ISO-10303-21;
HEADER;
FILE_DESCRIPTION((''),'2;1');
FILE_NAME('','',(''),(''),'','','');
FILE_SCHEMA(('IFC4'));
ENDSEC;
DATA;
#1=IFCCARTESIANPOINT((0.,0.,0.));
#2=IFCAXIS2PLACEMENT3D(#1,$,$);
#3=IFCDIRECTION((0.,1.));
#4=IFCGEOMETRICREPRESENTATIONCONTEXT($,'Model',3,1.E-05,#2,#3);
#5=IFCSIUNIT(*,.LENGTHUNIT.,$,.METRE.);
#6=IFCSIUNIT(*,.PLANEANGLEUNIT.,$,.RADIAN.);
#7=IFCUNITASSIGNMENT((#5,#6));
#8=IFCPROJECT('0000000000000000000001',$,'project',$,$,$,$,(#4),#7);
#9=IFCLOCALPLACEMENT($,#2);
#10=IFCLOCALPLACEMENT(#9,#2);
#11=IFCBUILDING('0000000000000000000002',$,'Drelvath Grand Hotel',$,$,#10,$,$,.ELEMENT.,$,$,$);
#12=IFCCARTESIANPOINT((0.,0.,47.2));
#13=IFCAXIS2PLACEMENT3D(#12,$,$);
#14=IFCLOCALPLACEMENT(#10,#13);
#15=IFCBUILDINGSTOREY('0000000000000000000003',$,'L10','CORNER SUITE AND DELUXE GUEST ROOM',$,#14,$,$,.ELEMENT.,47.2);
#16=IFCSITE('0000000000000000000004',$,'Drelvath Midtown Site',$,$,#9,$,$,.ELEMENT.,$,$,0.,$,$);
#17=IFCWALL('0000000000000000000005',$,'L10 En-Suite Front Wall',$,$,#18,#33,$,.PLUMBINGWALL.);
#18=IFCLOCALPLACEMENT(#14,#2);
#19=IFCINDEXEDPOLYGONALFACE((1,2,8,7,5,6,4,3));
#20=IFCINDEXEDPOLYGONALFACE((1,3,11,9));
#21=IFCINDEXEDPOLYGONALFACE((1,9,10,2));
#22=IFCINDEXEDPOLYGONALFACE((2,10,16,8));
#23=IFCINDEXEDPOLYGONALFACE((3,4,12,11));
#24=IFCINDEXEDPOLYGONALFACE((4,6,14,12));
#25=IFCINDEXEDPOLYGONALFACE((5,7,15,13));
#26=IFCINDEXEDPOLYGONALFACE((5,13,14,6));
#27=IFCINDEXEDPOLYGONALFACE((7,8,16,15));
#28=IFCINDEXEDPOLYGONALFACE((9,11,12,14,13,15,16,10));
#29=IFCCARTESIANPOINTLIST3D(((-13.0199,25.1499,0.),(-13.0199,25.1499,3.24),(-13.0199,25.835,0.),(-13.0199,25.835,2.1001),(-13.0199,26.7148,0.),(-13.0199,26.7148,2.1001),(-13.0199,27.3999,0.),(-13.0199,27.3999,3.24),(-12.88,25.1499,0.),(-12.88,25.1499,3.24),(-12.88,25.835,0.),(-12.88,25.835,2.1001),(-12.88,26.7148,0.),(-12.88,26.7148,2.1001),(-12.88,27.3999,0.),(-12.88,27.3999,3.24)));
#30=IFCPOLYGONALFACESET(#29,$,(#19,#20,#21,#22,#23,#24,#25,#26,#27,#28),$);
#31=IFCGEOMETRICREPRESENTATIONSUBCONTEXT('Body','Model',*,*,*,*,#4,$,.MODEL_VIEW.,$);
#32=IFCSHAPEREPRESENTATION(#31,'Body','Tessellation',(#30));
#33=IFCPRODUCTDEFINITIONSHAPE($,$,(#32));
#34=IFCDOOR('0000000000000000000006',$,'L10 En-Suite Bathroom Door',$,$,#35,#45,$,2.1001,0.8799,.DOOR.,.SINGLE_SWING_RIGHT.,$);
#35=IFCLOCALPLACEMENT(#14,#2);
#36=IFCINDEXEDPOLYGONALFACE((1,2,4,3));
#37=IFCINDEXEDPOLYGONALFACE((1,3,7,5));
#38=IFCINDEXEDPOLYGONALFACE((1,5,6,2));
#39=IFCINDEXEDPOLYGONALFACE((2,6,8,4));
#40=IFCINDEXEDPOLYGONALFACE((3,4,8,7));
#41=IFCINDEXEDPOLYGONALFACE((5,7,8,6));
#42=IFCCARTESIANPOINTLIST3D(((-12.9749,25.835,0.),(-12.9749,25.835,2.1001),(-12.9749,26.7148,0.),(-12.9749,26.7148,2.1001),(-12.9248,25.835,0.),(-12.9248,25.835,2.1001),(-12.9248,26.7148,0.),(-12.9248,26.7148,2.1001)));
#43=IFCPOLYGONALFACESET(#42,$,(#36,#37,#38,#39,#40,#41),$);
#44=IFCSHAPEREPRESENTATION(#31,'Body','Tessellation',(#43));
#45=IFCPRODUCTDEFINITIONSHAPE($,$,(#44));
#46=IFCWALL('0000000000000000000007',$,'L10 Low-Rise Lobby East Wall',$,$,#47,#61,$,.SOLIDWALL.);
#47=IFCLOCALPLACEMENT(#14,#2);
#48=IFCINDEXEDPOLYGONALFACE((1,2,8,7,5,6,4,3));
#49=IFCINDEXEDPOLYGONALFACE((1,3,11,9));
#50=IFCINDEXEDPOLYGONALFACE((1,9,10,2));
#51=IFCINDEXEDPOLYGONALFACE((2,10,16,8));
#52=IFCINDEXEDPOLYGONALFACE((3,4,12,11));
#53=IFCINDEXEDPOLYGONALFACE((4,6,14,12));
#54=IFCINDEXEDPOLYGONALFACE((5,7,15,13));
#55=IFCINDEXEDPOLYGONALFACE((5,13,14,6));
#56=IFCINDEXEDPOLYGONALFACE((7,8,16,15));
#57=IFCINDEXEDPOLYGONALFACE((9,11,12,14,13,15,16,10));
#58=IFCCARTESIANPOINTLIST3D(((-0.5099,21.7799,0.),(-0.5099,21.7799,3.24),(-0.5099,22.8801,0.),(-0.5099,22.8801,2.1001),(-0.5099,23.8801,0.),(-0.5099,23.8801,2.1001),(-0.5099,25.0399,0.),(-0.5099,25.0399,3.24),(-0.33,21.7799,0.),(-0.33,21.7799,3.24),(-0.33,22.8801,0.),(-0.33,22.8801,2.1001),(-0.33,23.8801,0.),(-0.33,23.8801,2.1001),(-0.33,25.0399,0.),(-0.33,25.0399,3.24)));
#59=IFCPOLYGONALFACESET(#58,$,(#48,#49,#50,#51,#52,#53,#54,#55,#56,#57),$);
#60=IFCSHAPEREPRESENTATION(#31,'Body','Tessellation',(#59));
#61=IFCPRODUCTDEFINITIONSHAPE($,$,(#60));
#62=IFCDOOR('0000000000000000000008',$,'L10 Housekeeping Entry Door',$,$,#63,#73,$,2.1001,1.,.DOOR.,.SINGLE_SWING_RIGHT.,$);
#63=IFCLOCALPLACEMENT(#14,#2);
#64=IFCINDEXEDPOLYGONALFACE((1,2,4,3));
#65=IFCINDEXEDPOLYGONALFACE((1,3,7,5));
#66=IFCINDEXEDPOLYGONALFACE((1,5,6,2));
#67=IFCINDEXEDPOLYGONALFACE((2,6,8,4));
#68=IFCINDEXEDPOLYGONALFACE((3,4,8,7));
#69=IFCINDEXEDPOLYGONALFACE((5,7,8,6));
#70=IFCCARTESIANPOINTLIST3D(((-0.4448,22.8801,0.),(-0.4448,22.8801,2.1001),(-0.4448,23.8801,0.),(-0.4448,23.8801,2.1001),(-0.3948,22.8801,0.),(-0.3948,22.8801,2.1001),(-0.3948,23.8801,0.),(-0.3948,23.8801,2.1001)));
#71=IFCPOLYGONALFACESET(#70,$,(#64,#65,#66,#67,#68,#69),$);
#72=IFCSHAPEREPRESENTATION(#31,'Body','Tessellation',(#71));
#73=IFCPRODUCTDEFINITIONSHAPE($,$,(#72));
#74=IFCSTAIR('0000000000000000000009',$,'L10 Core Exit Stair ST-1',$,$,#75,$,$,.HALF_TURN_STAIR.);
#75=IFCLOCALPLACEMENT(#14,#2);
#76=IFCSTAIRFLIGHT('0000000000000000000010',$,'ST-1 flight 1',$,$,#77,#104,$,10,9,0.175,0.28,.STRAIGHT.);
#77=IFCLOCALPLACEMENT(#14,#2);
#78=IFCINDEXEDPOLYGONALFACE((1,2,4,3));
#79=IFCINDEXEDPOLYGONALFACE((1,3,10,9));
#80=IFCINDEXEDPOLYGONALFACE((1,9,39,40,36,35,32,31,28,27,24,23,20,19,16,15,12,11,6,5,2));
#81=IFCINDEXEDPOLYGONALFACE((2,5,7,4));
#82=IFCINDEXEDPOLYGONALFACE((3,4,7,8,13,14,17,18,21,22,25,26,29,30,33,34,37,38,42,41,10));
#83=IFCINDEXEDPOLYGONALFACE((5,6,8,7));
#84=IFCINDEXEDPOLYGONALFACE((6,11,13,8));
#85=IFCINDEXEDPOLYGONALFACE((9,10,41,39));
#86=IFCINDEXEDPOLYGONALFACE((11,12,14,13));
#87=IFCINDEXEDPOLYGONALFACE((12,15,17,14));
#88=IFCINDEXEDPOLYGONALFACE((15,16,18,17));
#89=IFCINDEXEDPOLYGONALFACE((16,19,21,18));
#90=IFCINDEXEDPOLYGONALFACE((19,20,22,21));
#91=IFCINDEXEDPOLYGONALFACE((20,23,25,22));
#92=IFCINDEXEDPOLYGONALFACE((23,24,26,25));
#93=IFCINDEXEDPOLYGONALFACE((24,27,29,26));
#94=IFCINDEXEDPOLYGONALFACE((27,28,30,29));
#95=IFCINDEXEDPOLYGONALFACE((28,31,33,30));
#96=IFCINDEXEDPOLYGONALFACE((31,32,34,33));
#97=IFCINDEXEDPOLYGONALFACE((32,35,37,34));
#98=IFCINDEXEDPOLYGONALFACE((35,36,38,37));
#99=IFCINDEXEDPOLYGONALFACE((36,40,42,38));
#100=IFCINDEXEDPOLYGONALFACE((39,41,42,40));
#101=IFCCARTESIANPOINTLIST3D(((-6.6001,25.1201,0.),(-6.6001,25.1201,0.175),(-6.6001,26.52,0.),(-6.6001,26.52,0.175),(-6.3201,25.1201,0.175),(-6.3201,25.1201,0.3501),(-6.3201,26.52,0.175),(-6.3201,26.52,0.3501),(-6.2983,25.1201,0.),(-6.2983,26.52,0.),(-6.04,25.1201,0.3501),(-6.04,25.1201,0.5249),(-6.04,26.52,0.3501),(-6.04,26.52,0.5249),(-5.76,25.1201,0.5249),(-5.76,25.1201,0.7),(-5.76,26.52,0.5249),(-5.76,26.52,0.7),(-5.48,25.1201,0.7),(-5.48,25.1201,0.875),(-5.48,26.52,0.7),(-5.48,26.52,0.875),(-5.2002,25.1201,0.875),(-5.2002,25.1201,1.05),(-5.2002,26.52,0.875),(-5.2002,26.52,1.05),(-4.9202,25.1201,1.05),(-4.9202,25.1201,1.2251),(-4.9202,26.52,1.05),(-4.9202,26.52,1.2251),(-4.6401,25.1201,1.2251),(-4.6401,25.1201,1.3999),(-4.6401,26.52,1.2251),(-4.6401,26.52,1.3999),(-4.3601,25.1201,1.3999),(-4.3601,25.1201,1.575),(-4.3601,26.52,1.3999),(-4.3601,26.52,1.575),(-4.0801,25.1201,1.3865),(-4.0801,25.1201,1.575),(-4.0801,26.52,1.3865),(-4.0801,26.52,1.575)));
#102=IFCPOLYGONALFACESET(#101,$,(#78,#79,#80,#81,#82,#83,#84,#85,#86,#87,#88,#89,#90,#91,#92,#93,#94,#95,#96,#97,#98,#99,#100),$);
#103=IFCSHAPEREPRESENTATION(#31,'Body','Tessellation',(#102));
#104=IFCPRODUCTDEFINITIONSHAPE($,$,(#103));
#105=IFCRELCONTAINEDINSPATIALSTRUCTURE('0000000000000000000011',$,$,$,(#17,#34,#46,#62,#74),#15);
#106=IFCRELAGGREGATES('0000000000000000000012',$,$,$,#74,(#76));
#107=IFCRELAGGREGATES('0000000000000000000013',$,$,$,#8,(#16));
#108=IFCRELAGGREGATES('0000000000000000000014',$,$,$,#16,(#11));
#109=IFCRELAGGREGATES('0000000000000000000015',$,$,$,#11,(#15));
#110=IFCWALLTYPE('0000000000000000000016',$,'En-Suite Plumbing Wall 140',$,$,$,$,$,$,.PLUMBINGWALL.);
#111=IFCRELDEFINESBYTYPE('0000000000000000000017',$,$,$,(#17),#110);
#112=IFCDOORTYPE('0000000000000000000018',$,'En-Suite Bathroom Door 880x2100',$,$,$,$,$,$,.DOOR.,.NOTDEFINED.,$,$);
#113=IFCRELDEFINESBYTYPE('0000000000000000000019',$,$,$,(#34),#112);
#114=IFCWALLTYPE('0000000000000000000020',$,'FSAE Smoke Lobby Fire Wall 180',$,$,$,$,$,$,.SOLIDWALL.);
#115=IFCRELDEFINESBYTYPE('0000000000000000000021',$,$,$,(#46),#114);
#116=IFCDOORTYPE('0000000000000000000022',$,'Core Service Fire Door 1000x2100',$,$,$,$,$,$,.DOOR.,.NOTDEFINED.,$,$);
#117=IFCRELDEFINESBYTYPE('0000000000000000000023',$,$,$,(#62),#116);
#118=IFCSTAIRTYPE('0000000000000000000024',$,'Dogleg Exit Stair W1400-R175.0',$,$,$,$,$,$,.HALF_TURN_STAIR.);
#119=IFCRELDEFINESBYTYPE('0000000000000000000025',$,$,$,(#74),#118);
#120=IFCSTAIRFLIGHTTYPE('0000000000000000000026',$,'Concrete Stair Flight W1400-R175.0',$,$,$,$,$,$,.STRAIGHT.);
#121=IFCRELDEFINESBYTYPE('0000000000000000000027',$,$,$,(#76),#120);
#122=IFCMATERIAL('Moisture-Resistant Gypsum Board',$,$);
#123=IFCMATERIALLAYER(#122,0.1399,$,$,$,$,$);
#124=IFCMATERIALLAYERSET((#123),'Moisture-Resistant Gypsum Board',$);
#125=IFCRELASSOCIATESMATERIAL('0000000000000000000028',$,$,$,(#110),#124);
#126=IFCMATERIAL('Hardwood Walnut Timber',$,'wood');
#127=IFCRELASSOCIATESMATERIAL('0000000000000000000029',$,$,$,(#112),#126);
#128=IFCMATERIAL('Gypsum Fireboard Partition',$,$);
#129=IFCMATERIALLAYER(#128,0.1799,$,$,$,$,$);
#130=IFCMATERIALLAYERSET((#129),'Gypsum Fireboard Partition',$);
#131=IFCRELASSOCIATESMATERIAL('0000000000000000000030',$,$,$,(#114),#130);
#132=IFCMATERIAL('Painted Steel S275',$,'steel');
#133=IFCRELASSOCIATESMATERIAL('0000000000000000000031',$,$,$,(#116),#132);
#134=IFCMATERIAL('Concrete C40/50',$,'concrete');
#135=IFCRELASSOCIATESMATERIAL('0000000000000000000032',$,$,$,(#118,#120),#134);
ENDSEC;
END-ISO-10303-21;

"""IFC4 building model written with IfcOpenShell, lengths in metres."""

from ifc_helpers import new_model, si_unit, direction, frame, frame_2d, origin, place, context, subcontext, project, spatial, polyline, rectangle, outline, extrude, material, layer, layer_set, type_object, element, fill, aggregate, save


model = new_model("IFC4")

# Units and contexts
model_context = context("Model", 3, precision=1e-05, world=origin(), true_north=direction((0.0, 1.0)))
body_context = subcontext(model_context, "Body", "Model", "MODEL_VIEW")
ifc_project = project(units=[si_unit("LENGTHUNIT", "METRE"), si_unit("PLANEANGLEUNIT", "RADIAN")], contexts=[model_context])

# Site, building, storey
site_placement = place(None, origin())
site = spatial("IfcSite", under=ifc_project, at=site_placement, Name="Drelvath Midtown Site", CompositionType="ELEMENT", RefElevation=0.0)
building_placement = place(site_placement, origin())
building = spatial("IfcBuilding", under=site, at=building_placement, Name="Drelvath Grand Hotel", CompositionType="ELEMENT")
storey_placement = place(building_placement, frame((0.0, 0.0, 47.2)))
storey = spatial("IfcBuildingStorey", under=building, at=storey_placement, Name="L10", Description="CORNER SUITE AND DELUXE GUEST ROOM", CompositionType="ELEMENT", Elevation=47.2)

# Shared definitions
ifc_material_1 = material(Name="Concrete C40/50", Category="concrete")

# Shared definitions
ifc_material_2 = material(Name="Painted Steel S275", Category="steel")

# Shared definitions
ifc_material_3 = material(Name="Gypsum Fireboard Partition")
ifc_material_4 = material(Name="Moisture-Resistant Gypsum Board")
ifc_layer_1 = layer(ifc_material_4, 0.1399)
ifc_layer_set_1 = layer_set([ifc_layer_1], Name="Moisture-Resistant Gypsum Board")
wall_type_1 = type_object("IfcWallType", Name="En-Suite Plumbing Wall 140", PredefinedType="PLUMBINGWALL", material=ifc_layer_set_1)

# Walls, openings, doors
wall_1_placement = place(storey_placement, frame((-12.95, 25.1499, 0.0), z_axis=(0.0, 0.0, 1.0), x_axis=(0.0, 1.0, 0.0)))
wall_1 = element("IfcWall", 1, at=wall_1_placement, inside=storey, type_object=wall_type_1, Name="L10 En-Suite Front Wall", PredefinedType="PLUMBINGWALL", context=body_context, shape_type="SweptSolid", body=[
    extrude(rectangle(XDim=2.25, YDim=0.1399, at=frame_2d((1.125, 0.0))), origin(), (0.0, 0.0, 1.0), 3.24),
])
opening_1_placement = place(wall_1_placement, frame((0.6851, 0.0, 0.0)))
opening_1 = element("IfcOpeningElement", 2, at=opening_1_placement, cuts=wall_1, PredefinedType="OPENING", context=body_context, shape_type="SweptSolid", body=[
    extrude(rectangle(XDim=0.8799, YDim=2.1001, at=frame_2d((0.4399, 1.05))), frame((0.0, 0.0798, 0.0), z_axis=(0.0, -1.0, 0.0), x_axis=(1.0, 0.0, 0.0)), (0.0, 0.0, 1.0), 0.1599),
])
ifc_material_5 = material(Name="Hardwood Walnut Timber", Category="wood")
door_type_1 = type_object("IfcDoorType", Name="En-Suite Bathroom Door 880x2100", OperationType="NOTDEFINED", PredefinedType="DOOR", material=ifc_material_5)
door_1_placement = place(opening_1_placement, origin())
door_1 = element("IfcDoor", 3, at=door_1_placement, inside=storey, type_object=door_type_1, Name="L10 En-Suite Bathroom Door", OperationType="SINGLE_SWING_RIGHT", OverallHeight=2.1001, OverallWidth=0.8799, PredefinedType="DOOR", context=body_context, shape_type="SweptSolid", body=[
    extrude(rectangle(XDim=0.8799, YDim=2.1001, at=frame_2d((0.4399, 1.05))), frame((0.0, 0.0249, 0.0), z_axis=(0.0, -1.0, 0.0), x_axis=(1.0, 0.0, 0.0)), (0.0, 0.0, 1.0), 0.05),
])
fill(opening_1, door_1)
ifc_layer_2 = layer(ifc_material_3, 0.1799)
ifc_layer_set_2 = layer_set([ifc_layer_2], Name="Gypsum Fireboard Partition")
wall_type_2 = type_object("IfcWallType", Name="FSAE Smoke Lobby Fire Wall 180", PredefinedType="SOLIDWALL", material=ifc_layer_set_2)
wall_2_placement = place(storey_placement, frame((-0.4199, 21.78, 0.0), z_axis=(0.0, 0.0, 1.0), x_axis=(0.0, 1.0, 0.0)))
wall_2 = element("IfcWall", 4, at=wall_2_placement, inside=storey, type_object=wall_type_2, Name="L10 Low-Rise Lobby East Wall", PredefinedType="SOLIDWALL", context=body_context, shape_type="SweptSolid", body=[
    extrude(rectangle(XDim=3.26, YDim=0.1799, at=frame_2d((1.6299, 0.0))), origin(), (0.0, 0.0, 1.0), 3.24),
])
opening_2_placement = place(wall_2_placement, frame((1.1001, 0.0, 0.0)))
opening_2 = element("IfcOpeningElement", 5, at=opening_2_placement, cuts=wall_2, PredefinedType="OPENING", context=body_context, shape_type="SweptSolid", body=[
    extrude(rectangle(XDim=1.0, YDim=2.1001, at=frame_2d((0.5, 1.05))), frame((0.0, 0.0999, 0.0), z_axis=(0.0, -1.0, 0.0), x_axis=(1.0, 0.0, 0.0)), (0.0, 0.0, 1.0), 0.2),
])
door_type_2 = type_object("IfcDoorType", Name="Core Service Fire Door 1000x2100", OperationType="NOTDEFINED", PredefinedType="DOOR", material=ifc_material_2)
door_2_placement = place(opening_2_placement, origin())
door_2 = element("IfcDoor", 6, at=door_2_placement, inside=storey, type_object=door_type_2, Name="L10 Housekeeping Entry Door", OperationType="SINGLE_SWING_RIGHT", OverallHeight=2.1001, OverallWidth=1.0, PredefinedType="DOOR", context=body_context, shape_type="SweptSolid", body=[
    extrude(rectangle(XDim=1.0, YDim=2.1001, at=frame_2d((0.5, 1.05))), frame((0.0, 0.0249, 0.0), z_axis=(0.0, -1.0, 0.0), x_axis=(1.0, 0.0, 0.0)), (0.0, 0.0, 1.0), 0.05),
])
fill(opening_2, door_2)

# Stair, stair flight
stair_type = type_object("IfcStairType", Name="Dogleg Exit Stair W1400-R175.0", PredefinedType="HALF_TURN_STAIR", material=ifc_material_1)
stair_placement = place(storey_placement, origin())
stair = element("IfcStair", 7, at=stair_placement, inside=storey, type_object=stair_type, Name="L10 Core Exit Stair ST-1", PredefinedType="HALF_TURN_STAIR")
stair_flight_type = type_object("IfcStairFlightType", Name="Concrete Stair Flight W1400-R175.0", PredefinedType="STRAIGHT", material=ifc_material_1)
stair_flight_placement = place(storey_placement, frame((-6.6001, 25.8201, 0.0), z_axis=(0.0, 0.0, 1.0), x_axis=(1.0, 0.0, 0.0)))
stair_flight = element("IfcStairFlight", 8, at=stair_flight_placement, type_object=stair_flight_type, Name="ST-1 flight 1", NumberOfRisers=10, NumberOfTreads=9, PredefinedType="STRAIGHT", RiserHeight=0.175, TreadLength=0.28, context=body_context, shape_type="SweptSolid", body=[
    extrude(outline(polyline([(0.0, 0.0), (0.0, 0.175), (0.28, 0.175), (0.28, 0.3501), (0.5601, 0.3501), (0.5601, 0.5249), (0.8401, 0.5249), (0.8401, 0.7), (1.1201, 0.7), (1.1201, 0.875), (1.3999, 0.875), (1.3999, 1.05), (1.6799, 1.05), (1.6799, 1.2251), (1.96, 1.2251), (1.96, 1.3999), (2.24, 1.3999), (2.24, 1.575), (2.52, 1.575), (2.52, 1.75), (2.52, 1.3865), (0.3018, 0.0), (0.0, 0.0)])), frame((0.0, 0.7, 0.0), z_axis=(0.0, -1.0, 0.0), x_axis=(1.0, 0.0, 0.0)), (0.0, 0.0, 1.0), 1.3999),
])
aggregate(stair, [stair_flight])

save(model, "model.ifc")
